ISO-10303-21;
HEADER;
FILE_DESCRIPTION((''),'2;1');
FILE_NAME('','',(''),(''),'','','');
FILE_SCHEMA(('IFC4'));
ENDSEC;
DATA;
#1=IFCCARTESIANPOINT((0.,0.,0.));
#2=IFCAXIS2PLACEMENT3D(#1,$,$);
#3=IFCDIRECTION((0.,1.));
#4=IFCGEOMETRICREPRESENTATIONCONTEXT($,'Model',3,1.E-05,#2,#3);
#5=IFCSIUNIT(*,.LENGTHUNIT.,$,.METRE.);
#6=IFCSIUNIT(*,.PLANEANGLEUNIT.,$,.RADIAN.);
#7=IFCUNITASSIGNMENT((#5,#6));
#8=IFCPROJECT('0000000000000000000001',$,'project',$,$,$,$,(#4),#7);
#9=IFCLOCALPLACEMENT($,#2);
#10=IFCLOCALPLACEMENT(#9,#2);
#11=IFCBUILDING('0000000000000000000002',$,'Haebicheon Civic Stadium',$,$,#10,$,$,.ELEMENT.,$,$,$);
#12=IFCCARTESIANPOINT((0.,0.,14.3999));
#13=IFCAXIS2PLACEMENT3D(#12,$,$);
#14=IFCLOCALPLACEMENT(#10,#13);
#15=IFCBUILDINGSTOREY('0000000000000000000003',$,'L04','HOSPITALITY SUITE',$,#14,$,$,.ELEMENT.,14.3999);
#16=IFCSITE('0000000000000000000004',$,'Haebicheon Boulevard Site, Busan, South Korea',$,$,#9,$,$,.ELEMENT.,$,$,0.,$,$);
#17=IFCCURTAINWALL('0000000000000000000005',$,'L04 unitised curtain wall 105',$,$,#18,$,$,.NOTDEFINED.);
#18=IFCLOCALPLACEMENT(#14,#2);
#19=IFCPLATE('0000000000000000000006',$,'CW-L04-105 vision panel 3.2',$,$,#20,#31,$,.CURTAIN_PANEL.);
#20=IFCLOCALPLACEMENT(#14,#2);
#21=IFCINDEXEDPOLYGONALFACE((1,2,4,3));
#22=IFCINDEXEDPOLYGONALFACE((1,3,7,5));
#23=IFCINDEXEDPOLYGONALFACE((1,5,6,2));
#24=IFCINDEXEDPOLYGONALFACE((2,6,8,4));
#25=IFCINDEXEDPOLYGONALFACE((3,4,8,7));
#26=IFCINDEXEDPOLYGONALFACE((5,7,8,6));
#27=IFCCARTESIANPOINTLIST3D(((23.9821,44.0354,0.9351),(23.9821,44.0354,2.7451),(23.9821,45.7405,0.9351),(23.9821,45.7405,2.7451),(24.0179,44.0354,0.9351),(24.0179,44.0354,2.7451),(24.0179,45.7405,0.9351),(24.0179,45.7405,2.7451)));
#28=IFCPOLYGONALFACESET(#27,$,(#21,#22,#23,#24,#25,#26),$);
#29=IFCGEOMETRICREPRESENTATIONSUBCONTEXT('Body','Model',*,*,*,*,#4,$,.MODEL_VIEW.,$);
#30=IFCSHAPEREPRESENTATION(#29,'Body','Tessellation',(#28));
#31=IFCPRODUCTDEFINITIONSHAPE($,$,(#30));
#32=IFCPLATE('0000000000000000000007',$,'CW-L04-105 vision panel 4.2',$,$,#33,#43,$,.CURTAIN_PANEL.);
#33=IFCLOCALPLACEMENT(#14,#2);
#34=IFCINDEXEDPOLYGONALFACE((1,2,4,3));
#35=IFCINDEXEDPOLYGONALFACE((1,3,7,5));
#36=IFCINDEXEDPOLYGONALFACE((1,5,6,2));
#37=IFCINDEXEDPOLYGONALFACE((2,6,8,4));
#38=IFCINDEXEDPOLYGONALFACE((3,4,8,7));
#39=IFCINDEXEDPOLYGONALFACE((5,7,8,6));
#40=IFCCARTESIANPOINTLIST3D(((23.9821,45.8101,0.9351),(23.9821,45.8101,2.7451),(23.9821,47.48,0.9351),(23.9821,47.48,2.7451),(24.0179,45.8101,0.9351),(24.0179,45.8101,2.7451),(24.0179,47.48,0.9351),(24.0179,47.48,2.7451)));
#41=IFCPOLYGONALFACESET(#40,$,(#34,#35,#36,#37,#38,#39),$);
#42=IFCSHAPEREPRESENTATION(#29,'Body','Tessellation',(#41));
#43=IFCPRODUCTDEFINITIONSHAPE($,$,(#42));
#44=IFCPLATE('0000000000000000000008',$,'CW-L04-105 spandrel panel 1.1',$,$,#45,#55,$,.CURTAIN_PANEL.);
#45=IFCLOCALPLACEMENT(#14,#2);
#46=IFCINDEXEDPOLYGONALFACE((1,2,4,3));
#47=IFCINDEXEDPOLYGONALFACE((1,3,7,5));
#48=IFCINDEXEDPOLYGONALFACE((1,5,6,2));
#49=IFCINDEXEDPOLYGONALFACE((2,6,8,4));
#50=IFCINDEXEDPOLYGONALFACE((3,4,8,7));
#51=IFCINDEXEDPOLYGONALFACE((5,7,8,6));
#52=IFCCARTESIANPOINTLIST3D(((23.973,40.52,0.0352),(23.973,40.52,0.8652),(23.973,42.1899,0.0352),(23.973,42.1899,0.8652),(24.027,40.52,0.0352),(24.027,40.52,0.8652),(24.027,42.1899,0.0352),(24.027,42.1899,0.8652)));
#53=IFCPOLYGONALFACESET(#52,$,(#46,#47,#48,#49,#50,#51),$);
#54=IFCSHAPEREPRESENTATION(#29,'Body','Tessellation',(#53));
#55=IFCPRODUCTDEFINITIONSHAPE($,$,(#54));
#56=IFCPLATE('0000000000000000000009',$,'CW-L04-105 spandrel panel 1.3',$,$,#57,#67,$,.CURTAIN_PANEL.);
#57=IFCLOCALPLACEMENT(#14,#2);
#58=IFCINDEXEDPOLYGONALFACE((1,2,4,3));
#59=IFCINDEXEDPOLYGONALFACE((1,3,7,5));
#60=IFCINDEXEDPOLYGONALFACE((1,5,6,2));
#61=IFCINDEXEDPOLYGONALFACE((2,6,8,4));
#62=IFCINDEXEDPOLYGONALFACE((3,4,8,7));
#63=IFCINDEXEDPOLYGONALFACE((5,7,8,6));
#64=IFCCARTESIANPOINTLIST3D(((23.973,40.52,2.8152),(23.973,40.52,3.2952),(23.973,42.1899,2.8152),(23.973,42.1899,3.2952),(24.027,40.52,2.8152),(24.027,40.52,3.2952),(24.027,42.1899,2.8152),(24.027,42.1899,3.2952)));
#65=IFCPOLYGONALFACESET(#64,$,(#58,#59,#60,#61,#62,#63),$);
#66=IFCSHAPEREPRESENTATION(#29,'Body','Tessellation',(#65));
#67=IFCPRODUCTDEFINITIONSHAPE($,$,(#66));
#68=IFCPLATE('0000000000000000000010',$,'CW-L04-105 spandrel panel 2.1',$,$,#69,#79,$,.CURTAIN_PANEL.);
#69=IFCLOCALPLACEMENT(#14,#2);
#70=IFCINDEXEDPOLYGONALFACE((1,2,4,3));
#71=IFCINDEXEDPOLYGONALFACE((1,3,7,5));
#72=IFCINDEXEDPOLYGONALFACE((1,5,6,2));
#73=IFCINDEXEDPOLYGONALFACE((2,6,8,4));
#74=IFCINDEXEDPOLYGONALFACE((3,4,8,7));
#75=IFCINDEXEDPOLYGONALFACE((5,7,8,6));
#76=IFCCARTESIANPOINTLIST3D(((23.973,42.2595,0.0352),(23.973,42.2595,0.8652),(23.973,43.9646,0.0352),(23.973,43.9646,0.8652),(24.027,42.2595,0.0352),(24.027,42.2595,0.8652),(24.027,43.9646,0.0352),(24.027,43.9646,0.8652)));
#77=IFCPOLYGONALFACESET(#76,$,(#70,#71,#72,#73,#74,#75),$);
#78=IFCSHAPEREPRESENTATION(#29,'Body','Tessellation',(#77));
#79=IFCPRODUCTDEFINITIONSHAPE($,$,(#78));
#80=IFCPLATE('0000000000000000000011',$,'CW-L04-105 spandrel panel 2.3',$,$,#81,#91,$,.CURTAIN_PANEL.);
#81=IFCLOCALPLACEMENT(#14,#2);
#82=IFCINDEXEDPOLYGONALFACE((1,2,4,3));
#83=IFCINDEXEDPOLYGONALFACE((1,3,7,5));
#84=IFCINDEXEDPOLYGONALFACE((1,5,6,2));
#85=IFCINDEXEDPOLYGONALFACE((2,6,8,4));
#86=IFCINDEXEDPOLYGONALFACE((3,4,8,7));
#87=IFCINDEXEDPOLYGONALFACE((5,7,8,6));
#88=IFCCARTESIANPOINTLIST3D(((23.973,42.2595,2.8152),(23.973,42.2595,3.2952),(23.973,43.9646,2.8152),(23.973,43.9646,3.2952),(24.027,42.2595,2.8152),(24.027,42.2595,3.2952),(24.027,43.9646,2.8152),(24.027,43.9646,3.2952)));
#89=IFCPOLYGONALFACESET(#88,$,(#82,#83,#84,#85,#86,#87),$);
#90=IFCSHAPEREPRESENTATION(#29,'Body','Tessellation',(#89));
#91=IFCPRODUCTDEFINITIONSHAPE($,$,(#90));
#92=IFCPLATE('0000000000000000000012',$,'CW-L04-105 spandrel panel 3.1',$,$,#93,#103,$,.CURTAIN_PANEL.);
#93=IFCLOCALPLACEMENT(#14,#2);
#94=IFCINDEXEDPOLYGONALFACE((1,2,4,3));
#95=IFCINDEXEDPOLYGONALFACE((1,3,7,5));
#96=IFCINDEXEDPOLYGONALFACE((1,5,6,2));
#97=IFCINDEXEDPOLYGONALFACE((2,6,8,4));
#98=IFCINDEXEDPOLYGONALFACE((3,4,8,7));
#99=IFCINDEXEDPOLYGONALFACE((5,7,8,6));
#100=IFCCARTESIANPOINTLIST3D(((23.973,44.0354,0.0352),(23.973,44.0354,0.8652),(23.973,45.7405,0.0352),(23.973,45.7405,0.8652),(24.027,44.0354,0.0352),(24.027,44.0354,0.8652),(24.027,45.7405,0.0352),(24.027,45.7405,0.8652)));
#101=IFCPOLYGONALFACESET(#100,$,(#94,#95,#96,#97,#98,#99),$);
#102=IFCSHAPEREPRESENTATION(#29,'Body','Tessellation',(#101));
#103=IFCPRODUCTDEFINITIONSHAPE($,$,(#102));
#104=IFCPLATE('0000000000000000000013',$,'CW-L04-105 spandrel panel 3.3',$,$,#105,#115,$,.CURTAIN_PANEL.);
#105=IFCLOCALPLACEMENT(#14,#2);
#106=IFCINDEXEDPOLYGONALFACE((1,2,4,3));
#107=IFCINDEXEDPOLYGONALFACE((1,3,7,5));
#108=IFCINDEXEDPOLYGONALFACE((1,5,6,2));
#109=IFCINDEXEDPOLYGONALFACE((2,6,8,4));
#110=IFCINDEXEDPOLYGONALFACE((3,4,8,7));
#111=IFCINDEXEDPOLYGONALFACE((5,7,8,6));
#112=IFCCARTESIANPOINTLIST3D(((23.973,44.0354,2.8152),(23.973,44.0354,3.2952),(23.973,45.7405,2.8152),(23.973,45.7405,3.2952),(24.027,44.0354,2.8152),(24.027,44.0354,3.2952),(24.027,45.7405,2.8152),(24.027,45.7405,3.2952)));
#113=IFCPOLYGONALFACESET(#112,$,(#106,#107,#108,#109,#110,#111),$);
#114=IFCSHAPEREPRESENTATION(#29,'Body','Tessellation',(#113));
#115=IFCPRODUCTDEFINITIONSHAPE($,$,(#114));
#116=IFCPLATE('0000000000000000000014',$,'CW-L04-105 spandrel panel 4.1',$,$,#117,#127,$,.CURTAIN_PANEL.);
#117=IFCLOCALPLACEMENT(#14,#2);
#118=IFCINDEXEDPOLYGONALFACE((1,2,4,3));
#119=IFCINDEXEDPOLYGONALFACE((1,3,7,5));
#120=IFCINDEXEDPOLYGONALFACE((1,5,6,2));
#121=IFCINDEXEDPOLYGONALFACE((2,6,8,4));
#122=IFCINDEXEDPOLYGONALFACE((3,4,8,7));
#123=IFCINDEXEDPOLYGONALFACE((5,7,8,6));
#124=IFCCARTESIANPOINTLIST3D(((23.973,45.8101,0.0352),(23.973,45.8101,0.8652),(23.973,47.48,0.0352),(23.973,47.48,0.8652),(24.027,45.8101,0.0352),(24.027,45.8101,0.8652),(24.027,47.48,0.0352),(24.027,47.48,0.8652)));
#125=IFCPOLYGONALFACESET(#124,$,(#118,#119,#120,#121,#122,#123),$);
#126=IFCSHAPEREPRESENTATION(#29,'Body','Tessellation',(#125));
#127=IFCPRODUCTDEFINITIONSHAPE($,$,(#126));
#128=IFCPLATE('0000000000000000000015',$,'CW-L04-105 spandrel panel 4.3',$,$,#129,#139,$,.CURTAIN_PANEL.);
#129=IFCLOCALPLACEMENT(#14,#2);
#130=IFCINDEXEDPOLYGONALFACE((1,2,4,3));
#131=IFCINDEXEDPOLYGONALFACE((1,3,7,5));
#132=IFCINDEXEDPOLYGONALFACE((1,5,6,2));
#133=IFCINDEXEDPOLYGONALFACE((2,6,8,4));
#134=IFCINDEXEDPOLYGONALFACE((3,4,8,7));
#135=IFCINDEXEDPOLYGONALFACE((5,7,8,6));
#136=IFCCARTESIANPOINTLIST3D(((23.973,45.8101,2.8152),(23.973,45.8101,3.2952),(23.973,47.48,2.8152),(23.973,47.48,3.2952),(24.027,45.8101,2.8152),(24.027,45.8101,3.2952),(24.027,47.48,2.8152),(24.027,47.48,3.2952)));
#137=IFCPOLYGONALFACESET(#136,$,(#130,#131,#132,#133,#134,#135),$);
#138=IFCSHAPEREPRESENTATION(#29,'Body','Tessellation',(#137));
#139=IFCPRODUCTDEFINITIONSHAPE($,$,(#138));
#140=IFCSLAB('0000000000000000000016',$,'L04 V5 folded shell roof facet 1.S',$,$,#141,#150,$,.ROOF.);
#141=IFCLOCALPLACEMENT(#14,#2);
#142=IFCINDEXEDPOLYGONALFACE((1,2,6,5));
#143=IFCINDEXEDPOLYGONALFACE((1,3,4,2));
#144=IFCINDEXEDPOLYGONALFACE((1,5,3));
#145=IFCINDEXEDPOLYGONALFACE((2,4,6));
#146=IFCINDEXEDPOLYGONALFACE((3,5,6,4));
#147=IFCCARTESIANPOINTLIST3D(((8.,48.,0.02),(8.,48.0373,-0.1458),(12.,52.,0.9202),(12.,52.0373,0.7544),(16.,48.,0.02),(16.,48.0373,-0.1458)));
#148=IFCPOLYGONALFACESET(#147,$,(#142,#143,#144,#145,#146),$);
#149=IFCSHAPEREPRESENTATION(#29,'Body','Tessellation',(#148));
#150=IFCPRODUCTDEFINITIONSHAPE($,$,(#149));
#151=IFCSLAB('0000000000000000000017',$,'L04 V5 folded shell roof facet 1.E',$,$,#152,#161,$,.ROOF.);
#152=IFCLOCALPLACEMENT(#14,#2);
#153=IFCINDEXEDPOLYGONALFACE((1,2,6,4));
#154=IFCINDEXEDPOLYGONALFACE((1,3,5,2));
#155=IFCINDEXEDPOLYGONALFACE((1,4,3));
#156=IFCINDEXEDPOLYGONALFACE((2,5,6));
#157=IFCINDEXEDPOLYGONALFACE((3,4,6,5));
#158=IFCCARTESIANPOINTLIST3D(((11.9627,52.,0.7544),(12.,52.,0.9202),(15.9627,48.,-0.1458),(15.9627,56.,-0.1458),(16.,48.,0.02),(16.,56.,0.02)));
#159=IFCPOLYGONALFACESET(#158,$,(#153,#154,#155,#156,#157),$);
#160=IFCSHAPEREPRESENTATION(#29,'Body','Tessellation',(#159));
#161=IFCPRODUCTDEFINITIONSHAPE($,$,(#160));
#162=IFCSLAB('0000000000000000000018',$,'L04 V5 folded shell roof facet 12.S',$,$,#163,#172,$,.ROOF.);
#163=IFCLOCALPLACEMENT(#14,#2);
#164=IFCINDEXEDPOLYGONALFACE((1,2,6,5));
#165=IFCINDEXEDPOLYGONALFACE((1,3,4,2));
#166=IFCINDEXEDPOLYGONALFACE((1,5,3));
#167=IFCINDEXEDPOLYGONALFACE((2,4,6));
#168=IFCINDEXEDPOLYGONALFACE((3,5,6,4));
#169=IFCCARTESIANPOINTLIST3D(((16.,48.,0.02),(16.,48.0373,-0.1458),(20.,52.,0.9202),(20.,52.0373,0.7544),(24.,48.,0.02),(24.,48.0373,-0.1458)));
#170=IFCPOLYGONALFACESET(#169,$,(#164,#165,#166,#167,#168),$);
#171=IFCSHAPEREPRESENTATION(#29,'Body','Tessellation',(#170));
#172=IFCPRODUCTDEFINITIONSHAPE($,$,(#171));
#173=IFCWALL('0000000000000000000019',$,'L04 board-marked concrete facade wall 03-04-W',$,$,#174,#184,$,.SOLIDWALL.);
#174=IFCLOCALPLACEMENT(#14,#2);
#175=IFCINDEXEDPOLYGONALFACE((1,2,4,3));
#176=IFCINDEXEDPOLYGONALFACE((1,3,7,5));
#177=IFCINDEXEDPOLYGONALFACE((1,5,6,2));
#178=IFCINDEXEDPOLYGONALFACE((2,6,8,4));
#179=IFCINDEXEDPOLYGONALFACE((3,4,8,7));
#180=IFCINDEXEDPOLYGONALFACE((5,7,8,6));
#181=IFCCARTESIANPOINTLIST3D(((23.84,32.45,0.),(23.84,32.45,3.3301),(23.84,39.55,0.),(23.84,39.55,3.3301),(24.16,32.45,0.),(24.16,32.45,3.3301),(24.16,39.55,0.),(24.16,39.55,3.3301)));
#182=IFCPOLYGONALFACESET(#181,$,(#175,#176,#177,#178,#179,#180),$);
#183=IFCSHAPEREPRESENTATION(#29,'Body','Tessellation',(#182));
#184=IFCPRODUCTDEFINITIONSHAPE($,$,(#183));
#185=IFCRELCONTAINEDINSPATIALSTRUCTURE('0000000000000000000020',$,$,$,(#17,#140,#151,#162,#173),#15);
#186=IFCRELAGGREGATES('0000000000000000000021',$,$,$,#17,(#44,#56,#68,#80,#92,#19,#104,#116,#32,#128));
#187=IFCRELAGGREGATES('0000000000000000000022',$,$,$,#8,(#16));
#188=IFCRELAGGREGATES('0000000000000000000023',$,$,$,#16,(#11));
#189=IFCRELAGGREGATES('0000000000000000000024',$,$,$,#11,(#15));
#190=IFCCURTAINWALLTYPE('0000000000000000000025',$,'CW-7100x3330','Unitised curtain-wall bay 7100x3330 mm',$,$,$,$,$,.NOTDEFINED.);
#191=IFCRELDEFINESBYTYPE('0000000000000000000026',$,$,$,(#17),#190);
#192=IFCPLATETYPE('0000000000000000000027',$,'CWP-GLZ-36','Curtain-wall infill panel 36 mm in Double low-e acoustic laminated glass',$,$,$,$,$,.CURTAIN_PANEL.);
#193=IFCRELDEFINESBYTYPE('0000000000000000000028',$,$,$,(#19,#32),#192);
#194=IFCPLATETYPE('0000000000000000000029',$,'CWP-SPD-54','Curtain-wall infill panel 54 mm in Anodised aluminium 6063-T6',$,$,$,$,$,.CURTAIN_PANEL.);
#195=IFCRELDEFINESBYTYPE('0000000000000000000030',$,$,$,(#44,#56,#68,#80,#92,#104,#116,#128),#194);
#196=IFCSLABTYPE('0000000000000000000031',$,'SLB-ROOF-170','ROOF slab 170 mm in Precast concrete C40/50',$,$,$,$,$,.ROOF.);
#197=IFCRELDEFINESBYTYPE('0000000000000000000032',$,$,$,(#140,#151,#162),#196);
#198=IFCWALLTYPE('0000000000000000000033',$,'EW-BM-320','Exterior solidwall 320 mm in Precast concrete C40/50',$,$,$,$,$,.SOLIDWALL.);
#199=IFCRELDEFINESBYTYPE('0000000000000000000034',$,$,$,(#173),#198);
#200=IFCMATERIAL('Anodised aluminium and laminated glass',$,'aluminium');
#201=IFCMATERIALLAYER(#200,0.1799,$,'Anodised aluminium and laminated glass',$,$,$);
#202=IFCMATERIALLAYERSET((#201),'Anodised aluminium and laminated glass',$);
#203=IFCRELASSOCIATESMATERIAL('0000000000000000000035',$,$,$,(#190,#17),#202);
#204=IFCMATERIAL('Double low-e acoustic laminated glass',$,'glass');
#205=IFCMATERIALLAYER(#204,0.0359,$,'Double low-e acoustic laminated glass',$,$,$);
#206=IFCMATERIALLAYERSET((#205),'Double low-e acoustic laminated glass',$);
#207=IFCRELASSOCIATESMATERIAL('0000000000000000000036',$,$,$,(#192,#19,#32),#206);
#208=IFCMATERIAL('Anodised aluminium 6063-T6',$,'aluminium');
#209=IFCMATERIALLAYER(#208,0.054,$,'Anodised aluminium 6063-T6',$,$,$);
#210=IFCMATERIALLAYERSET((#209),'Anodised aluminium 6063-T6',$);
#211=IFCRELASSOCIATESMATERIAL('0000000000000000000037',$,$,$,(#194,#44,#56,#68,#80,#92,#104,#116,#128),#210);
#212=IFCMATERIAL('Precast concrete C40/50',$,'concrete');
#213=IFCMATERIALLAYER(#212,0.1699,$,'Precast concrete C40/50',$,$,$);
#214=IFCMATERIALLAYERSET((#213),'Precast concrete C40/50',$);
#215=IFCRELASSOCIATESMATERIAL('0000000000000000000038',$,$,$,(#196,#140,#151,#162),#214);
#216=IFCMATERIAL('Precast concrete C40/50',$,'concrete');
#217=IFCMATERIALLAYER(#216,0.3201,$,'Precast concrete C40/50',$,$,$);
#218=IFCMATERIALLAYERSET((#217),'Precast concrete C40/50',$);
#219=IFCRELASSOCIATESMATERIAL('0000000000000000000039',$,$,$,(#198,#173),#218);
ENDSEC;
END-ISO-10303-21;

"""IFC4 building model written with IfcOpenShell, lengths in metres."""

from ifc_helpers import new_model, si_unit, direction, frame, frame_2d, origin, origin_2d, place, context, subcontext, project, spatial, polyline, rectangle, outline, extrude, material, layer, layer_set, type_object, element, aggregate, save


model = new_model("IFC4")

# Units and contexts
model_context = context("Model", 3, precision=1e-05, world=origin(), true_north=direction((0.0, 1.0)))
body_context = subcontext(model_context, "Body", "Model", "MODEL_VIEW")
ifc_project = project(units=[si_unit("LENGTHUNIT", "METRE"), si_unit("PLANEANGLEUNIT", "RADIAN")], contexts=[model_context])

# Site, building, storey
site_placement = place(None, origin())
site = spatial("IfcSite", under=ifc_project, at=site_placement, Name="Haebicheon Boulevard Site, Busan, South Korea", CompositionType="ELEMENT", RefElevation=0.0)
building_placement = place(site_placement, origin())
building = spatial("IfcBuilding", under=site, at=building_placement, Name="Haebicheon Civic Stadium", CompositionType="ELEMENT")
storey_placement = place(building_placement, frame((0.0, 0.0, 14.3999)))
storey = spatial("IfcBuildingStorey", under=building, at=storey_placement, Name="L04", Description="HOSPITALITY SUITE", CompositionType="ELEMENT", Elevation=14.3999)

# Curtain wall
ifc_material_1 = material(Name="Anodised aluminium and laminated glass", Category="aluminium")
ifc_layer_1 = layer(ifc_material_1, 0.1799, Name="Anodised aluminium and laminated glass")
ifc_layer_set_1 = layer_set([ifc_layer_1], Name="Anodised aluminium and laminated glass")
curtain_wall_type = type_object("IfcCurtainWallType", Name="CW-7100x3330", Description="Unitised curtain-wall bay 7100x3330 mm", PredefinedType="NOTDEFINED", material=ifc_layer_set_1)
curtain_wall_placement = place(storey_placement, origin())
curtain_wall = element("IfcCurtainWall", 1, at=curtain_wall_placement, inside=storey, type_object=curtain_wall_type, material=ifc_layer_set_1, Name="L04 unitised curtain wall 105", PredefinedType="NOTDEFINED")

# Plates
ifc_material_2 = material(Name="Double low-e acoustic laminated glass", Category="glass")
ifc_layer_2 = layer(ifc_material_2, 0.0359, Name="Double low-e acoustic laminated glass")
ifc_layer_set_2 = layer_set([ifc_layer_2], Name="Double low-e acoustic laminated glass")
plate_type_1 = type_object("IfcPlateType", Name="CWP-GLZ-36", Description="Curtain-wall infill panel 36 mm in Double low-e acoustic laminated glass", PredefinedType="CURTAIN_PANEL", material=ifc_layer_set_2)
plate_1_placement = place(storey_placement, frame((24.0, 44.8879, 0.9351), z_axis=(0.0, 0.0, 1.0), x_axis=(0.0, 1.0, 0.0)))
plate_1 = element("IfcPlate", 2, at=plate_1_placement, type_object=plate_type_1, material=ifc_layer_set_2, Name="CW-L04-105 vision panel 3.2", PredefinedType="CURTAIN_PANEL", context=body_context, shape_type="SweptSolid", body=[
    extrude(rectangle(XDim=1.7051, YDim=0.0359, at=origin_2d()), origin(), (0.0, 0.0, 1.0), 1.8101),
])
plate_2_placement = place(storey_placement, frame((24.0, 46.645, 0.9351), z_axis=(0.0, 0.0, 1.0), x_axis=(0.0, 1.0, 0.0)))
plate_2 = element("IfcPlate", 3, at=plate_2_placement, type_object=plate_type_1, material=ifc_layer_set_2, Name="CW-L04-105 vision panel 4.2", PredefinedType="CURTAIN_PANEL", context=body_context, shape_type="SweptSolid", body=[
    extrude(rectangle(XDim=1.6699, YDim=0.0359, at=origin_2d()), origin(), (0.0, 0.0, 1.0), 1.8101),
])
ifc_material_3 = material(Name="Anodised aluminium 6063-T6", Category="aluminium")
ifc_layer_3 = layer(ifc_material_3, 0.054, Name="Anodised aluminium 6063-T6")
ifc_layer_set_3 = layer_set([ifc_layer_3], Name="Anodised aluminium 6063-T6")
plate_type_2 = type_object("IfcPlateType", Name="CWP-SPD-54", Description="Curtain-wall infill panel 54 mm in Anodised aluminium 6063-T6", PredefinedType="CURTAIN_PANEL", material=ifc_layer_set_3)
plate_3_placement = place(storey_placement, frame((24.0, 41.355, 0.0352), z_axis=(0.0, 0.0, 1.0), x_axis=(0.0, 1.0, 0.0)))
plate_3 = element("IfcPlate", 4, at=plate_3_placement, type_object=plate_type_2, material=ifc_layer_set_3, Name="CW-L04-105 spandrel panel 1.1", PredefinedType="CURTAIN_PANEL", context=body_context, shape_type="SweptSolid", body=[
    extrude(rectangle(XDim=1.6699, YDim=0.054, at=origin_2d()), origin(), (0.0, 0.0, 1.0), 0.8301),
])
plate_4_placement = place(storey_placement, frame((24.0, 41.355, 2.8152), z_axis=(0.0, 0.0, 1.0), x_axis=(0.0, 1.0, 0.0)))
plate_4 = element("IfcPlate", 5, at=plate_4_placement, type_object=plate_type_2, material=ifc_layer_set_3, Name="CW-L04-105 spandrel panel 1.3", PredefinedType="CURTAIN_PANEL", context=body_context, shape_type="SweptSolid", body=[
    extrude(rectangle(XDim=1.6699, YDim=0.054, at=origin_2d()), origin(), (0.0, 0.0, 1.0), 0.48),
])
plate_5_placement = place(storey_placement, frame((24.0, 43.1121, 0.0352), z_axis=(0.0, 0.0, 1.0), x_axis=(0.0, 1.0, 0.0)))
plate_5 = element("IfcPlate", 6, at=plate_5_placement, type_object=plate_type_2, material=ifc_layer_set_3, Name="CW-L04-105 spandrel panel 2.1", PredefinedType="CURTAIN_PANEL", context=body_context, shape_type="SweptSolid", body=[
    extrude(rectangle(XDim=1.7051, YDim=0.054, at=origin_2d()), origin(), (0.0, 0.0, 1.0), 0.8301),
])
plate_6_placement = place(storey_placement, frame((24.0, 43.1121, 2.8152), z_axis=(0.0, 0.0, 1.0), x_axis=(0.0, 1.0, 0.0)))
plate_6 = element("IfcPlate", 7, at=plate_6_placement, type_object=plate_type_2, material=ifc_layer_set_3, Name="CW-L04-105 spandrel panel 2.3", PredefinedType="CURTAIN_PANEL", context=body_context, shape_type="SweptSolid", body=[
    extrude(rectangle(XDim=1.7051, YDim=0.054, at=origin_2d()), origin(), (0.0, 0.0, 1.0), 0.48),
])
plate_7_placement = place(storey_placement, frame((24.0, 44.8879, 0.0352), z_axis=(0.0, 0.0, 1.0), x_axis=(0.0, 1.0, 0.0)))
plate_7 = element("IfcPlate", 8, at=plate_7_placement, type_object=plate_type_2, material=ifc_layer_set_3, Name="CW-L04-105 spandrel panel 3.1", PredefinedType="CURTAIN_PANEL", context=body_context, shape_type="SweptSolid", body=[
    extrude(rectangle(XDim=1.7051, YDim=0.054, at=origin_2d()), origin(), (0.0, 0.0, 1.0), 0.8301),
])
plate_8_placement = place(storey_placement, frame((24.0, 44.8879, 2.8152), z_axis=(0.0, 0.0, 1.0), x_axis=(0.0, 1.0, 0.0)))
plate_8 = element("IfcPlate", 9, at=plate_8_placement, type_object=plate_type_2, material=ifc_layer_set_3, Name="CW-L04-105 spandrel panel 3.3", PredefinedType="CURTAIN_PANEL", context=body_context, shape_type="SweptSolid", body=[
    extrude(rectangle(XDim=1.7051, YDim=0.054, at=origin_2d()), origin(), (0.0, 0.0, 1.0), 0.48),
])
plate_9_placement = place(storey_placement, frame((24.0, 46.645, 0.0352), z_axis=(0.0, 0.0, 1.0), x_axis=(0.0, 1.0, 0.0)))
plate_9 = element("IfcPlate", 10, at=plate_9_placement, type_object=plate_type_2, material=ifc_layer_set_3, Name="CW-L04-105 spandrel panel 4.1", PredefinedType="CURTAIN_PANEL", context=body_context, shape_type="SweptSolid", body=[
    extrude(rectangle(XDim=1.6699, YDim=0.054, at=origin_2d()), origin(), (0.0, 0.0, 1.0), 0.8301),
])
plate_10_placement = place(storey_placement, frame((24.0, 46.645, 2.8152), z_axis=(0.0, 0.0, 1.0), x_axis=(0.0, 1.0, 0.0)))
plate_10 = element("IfcPlate", 11, at=plate_10_placement, type_object=plate_type_2, material=ifc_layer_set_3, Name="CW-L04-105 spandrel panel 4.3", PredefinedType="CURTAIN_PANEL", context=body_context, shape_type="SweptSolid", body=[
    extrude(rectangle(XDim=1.6699, YDim=0.054, at=origin_2d()), origin(), (0.0, 0.0, 1.0), 0.48),
])
aggregate(curtain_wall, [plate_3, plate_4, plate_5, plate_6, plate_7, plate_1, plate_8, plate_9, plate_2, plate_10])

# Slabs
ifc_material_4 = material(Name="Precast concrete C40/50", Category="concrete")
ifc_layer_4 = layer(ifc_material_4, 0.1699, Name="Precast concrete C40/50")
ifc_layer_set_4 = layer_set([ifc_layer_4], Name="Precast concrete C40/50")
slab_type = type_object("IfcSlabType", Name="SLB-ROOF-170", Description="ROOF slab 170 mm in Precast concrete C40/50", PredefinedType="ROOF", material=ifc_layer_set_4)
for number, where, z_axis, x_axis, name in (
    (12, (8.0, 48.0, 0.02), (0.0, -0.219546, 0.975602), (1.0, 0.0, 0.0), "L04 V5 folded shell roof facet 1.S"),
    (13, (16.0, 48.0, 0.02), (0.219546, 0.0, 0.975602), (0.0, 1.0, 0.0), "L04 V5 folded shell roof facet 1.E"),
    (14, (16.0, 48.0, 0.02), (0.0, -0.219546, 0.975602), (1.0, 0.0, 0.0), "L04 V5 folded shell roof facet 12.S"),
):
    element("IfcSlab", number, at=place(storey_placement, frame(where, z_axis=z_axis, x_axis=x_axis)), inside=storey, type_object=slab_type, material=ifc_layer_set_4, Name=name, PredefinedType="ROOF", context=body_context, shape_type="SweptSolid", body=[
        extrude(outline(polyline([(0.0, 0.0), (8.0, 0.0), (4.0, 4.1), (0.0, 0.0)])), origin(), (0.0, 0.0, -1.0), 0.1699),
    ])

# Wall
ifc_material_5 = material(Name="Precast concrete C40/50", Category="concrete")
ifc_layer_5 = layer(ifc_material_5, 0.3201, Name="Precast concrete C40/50")
ifc_layer_set_5 = layer_set([ifc_layer_5], Name="Precast concrete C40/50")
wall_type = type_object("IfcWallType", Name="EW-BM-320", Description="Exterior solidwall 320 mm in Precast concrete C40/50", PredefinedType="SOLIDWALL", material=ifc_layer_set_5)
wall_placement = place(storey_placement, frame((24.0, 32.45, 0.0), z_axis=(0.0, 0.0, 1.0), x_axis=(0.0, 1.0, 0.0)))
element("IfcWall", 15, at=wall_placement, inside=storey, type_object=wall_type, material=ifc_layer_set_5, Name="L04 board-marked concrete facade wall 03-04-W", PredefinedType="SOLIDWALL", context=body_context, shape_type="SweptSolid", body=[
    extrude(rectangle(XDim=7.1001, YDim=0.3201, at=frame_2d((3.55, 0.0))), origin(), (0.0, 0.0, 1.0), 3.3301),
])

save(model, "model.ifc")
